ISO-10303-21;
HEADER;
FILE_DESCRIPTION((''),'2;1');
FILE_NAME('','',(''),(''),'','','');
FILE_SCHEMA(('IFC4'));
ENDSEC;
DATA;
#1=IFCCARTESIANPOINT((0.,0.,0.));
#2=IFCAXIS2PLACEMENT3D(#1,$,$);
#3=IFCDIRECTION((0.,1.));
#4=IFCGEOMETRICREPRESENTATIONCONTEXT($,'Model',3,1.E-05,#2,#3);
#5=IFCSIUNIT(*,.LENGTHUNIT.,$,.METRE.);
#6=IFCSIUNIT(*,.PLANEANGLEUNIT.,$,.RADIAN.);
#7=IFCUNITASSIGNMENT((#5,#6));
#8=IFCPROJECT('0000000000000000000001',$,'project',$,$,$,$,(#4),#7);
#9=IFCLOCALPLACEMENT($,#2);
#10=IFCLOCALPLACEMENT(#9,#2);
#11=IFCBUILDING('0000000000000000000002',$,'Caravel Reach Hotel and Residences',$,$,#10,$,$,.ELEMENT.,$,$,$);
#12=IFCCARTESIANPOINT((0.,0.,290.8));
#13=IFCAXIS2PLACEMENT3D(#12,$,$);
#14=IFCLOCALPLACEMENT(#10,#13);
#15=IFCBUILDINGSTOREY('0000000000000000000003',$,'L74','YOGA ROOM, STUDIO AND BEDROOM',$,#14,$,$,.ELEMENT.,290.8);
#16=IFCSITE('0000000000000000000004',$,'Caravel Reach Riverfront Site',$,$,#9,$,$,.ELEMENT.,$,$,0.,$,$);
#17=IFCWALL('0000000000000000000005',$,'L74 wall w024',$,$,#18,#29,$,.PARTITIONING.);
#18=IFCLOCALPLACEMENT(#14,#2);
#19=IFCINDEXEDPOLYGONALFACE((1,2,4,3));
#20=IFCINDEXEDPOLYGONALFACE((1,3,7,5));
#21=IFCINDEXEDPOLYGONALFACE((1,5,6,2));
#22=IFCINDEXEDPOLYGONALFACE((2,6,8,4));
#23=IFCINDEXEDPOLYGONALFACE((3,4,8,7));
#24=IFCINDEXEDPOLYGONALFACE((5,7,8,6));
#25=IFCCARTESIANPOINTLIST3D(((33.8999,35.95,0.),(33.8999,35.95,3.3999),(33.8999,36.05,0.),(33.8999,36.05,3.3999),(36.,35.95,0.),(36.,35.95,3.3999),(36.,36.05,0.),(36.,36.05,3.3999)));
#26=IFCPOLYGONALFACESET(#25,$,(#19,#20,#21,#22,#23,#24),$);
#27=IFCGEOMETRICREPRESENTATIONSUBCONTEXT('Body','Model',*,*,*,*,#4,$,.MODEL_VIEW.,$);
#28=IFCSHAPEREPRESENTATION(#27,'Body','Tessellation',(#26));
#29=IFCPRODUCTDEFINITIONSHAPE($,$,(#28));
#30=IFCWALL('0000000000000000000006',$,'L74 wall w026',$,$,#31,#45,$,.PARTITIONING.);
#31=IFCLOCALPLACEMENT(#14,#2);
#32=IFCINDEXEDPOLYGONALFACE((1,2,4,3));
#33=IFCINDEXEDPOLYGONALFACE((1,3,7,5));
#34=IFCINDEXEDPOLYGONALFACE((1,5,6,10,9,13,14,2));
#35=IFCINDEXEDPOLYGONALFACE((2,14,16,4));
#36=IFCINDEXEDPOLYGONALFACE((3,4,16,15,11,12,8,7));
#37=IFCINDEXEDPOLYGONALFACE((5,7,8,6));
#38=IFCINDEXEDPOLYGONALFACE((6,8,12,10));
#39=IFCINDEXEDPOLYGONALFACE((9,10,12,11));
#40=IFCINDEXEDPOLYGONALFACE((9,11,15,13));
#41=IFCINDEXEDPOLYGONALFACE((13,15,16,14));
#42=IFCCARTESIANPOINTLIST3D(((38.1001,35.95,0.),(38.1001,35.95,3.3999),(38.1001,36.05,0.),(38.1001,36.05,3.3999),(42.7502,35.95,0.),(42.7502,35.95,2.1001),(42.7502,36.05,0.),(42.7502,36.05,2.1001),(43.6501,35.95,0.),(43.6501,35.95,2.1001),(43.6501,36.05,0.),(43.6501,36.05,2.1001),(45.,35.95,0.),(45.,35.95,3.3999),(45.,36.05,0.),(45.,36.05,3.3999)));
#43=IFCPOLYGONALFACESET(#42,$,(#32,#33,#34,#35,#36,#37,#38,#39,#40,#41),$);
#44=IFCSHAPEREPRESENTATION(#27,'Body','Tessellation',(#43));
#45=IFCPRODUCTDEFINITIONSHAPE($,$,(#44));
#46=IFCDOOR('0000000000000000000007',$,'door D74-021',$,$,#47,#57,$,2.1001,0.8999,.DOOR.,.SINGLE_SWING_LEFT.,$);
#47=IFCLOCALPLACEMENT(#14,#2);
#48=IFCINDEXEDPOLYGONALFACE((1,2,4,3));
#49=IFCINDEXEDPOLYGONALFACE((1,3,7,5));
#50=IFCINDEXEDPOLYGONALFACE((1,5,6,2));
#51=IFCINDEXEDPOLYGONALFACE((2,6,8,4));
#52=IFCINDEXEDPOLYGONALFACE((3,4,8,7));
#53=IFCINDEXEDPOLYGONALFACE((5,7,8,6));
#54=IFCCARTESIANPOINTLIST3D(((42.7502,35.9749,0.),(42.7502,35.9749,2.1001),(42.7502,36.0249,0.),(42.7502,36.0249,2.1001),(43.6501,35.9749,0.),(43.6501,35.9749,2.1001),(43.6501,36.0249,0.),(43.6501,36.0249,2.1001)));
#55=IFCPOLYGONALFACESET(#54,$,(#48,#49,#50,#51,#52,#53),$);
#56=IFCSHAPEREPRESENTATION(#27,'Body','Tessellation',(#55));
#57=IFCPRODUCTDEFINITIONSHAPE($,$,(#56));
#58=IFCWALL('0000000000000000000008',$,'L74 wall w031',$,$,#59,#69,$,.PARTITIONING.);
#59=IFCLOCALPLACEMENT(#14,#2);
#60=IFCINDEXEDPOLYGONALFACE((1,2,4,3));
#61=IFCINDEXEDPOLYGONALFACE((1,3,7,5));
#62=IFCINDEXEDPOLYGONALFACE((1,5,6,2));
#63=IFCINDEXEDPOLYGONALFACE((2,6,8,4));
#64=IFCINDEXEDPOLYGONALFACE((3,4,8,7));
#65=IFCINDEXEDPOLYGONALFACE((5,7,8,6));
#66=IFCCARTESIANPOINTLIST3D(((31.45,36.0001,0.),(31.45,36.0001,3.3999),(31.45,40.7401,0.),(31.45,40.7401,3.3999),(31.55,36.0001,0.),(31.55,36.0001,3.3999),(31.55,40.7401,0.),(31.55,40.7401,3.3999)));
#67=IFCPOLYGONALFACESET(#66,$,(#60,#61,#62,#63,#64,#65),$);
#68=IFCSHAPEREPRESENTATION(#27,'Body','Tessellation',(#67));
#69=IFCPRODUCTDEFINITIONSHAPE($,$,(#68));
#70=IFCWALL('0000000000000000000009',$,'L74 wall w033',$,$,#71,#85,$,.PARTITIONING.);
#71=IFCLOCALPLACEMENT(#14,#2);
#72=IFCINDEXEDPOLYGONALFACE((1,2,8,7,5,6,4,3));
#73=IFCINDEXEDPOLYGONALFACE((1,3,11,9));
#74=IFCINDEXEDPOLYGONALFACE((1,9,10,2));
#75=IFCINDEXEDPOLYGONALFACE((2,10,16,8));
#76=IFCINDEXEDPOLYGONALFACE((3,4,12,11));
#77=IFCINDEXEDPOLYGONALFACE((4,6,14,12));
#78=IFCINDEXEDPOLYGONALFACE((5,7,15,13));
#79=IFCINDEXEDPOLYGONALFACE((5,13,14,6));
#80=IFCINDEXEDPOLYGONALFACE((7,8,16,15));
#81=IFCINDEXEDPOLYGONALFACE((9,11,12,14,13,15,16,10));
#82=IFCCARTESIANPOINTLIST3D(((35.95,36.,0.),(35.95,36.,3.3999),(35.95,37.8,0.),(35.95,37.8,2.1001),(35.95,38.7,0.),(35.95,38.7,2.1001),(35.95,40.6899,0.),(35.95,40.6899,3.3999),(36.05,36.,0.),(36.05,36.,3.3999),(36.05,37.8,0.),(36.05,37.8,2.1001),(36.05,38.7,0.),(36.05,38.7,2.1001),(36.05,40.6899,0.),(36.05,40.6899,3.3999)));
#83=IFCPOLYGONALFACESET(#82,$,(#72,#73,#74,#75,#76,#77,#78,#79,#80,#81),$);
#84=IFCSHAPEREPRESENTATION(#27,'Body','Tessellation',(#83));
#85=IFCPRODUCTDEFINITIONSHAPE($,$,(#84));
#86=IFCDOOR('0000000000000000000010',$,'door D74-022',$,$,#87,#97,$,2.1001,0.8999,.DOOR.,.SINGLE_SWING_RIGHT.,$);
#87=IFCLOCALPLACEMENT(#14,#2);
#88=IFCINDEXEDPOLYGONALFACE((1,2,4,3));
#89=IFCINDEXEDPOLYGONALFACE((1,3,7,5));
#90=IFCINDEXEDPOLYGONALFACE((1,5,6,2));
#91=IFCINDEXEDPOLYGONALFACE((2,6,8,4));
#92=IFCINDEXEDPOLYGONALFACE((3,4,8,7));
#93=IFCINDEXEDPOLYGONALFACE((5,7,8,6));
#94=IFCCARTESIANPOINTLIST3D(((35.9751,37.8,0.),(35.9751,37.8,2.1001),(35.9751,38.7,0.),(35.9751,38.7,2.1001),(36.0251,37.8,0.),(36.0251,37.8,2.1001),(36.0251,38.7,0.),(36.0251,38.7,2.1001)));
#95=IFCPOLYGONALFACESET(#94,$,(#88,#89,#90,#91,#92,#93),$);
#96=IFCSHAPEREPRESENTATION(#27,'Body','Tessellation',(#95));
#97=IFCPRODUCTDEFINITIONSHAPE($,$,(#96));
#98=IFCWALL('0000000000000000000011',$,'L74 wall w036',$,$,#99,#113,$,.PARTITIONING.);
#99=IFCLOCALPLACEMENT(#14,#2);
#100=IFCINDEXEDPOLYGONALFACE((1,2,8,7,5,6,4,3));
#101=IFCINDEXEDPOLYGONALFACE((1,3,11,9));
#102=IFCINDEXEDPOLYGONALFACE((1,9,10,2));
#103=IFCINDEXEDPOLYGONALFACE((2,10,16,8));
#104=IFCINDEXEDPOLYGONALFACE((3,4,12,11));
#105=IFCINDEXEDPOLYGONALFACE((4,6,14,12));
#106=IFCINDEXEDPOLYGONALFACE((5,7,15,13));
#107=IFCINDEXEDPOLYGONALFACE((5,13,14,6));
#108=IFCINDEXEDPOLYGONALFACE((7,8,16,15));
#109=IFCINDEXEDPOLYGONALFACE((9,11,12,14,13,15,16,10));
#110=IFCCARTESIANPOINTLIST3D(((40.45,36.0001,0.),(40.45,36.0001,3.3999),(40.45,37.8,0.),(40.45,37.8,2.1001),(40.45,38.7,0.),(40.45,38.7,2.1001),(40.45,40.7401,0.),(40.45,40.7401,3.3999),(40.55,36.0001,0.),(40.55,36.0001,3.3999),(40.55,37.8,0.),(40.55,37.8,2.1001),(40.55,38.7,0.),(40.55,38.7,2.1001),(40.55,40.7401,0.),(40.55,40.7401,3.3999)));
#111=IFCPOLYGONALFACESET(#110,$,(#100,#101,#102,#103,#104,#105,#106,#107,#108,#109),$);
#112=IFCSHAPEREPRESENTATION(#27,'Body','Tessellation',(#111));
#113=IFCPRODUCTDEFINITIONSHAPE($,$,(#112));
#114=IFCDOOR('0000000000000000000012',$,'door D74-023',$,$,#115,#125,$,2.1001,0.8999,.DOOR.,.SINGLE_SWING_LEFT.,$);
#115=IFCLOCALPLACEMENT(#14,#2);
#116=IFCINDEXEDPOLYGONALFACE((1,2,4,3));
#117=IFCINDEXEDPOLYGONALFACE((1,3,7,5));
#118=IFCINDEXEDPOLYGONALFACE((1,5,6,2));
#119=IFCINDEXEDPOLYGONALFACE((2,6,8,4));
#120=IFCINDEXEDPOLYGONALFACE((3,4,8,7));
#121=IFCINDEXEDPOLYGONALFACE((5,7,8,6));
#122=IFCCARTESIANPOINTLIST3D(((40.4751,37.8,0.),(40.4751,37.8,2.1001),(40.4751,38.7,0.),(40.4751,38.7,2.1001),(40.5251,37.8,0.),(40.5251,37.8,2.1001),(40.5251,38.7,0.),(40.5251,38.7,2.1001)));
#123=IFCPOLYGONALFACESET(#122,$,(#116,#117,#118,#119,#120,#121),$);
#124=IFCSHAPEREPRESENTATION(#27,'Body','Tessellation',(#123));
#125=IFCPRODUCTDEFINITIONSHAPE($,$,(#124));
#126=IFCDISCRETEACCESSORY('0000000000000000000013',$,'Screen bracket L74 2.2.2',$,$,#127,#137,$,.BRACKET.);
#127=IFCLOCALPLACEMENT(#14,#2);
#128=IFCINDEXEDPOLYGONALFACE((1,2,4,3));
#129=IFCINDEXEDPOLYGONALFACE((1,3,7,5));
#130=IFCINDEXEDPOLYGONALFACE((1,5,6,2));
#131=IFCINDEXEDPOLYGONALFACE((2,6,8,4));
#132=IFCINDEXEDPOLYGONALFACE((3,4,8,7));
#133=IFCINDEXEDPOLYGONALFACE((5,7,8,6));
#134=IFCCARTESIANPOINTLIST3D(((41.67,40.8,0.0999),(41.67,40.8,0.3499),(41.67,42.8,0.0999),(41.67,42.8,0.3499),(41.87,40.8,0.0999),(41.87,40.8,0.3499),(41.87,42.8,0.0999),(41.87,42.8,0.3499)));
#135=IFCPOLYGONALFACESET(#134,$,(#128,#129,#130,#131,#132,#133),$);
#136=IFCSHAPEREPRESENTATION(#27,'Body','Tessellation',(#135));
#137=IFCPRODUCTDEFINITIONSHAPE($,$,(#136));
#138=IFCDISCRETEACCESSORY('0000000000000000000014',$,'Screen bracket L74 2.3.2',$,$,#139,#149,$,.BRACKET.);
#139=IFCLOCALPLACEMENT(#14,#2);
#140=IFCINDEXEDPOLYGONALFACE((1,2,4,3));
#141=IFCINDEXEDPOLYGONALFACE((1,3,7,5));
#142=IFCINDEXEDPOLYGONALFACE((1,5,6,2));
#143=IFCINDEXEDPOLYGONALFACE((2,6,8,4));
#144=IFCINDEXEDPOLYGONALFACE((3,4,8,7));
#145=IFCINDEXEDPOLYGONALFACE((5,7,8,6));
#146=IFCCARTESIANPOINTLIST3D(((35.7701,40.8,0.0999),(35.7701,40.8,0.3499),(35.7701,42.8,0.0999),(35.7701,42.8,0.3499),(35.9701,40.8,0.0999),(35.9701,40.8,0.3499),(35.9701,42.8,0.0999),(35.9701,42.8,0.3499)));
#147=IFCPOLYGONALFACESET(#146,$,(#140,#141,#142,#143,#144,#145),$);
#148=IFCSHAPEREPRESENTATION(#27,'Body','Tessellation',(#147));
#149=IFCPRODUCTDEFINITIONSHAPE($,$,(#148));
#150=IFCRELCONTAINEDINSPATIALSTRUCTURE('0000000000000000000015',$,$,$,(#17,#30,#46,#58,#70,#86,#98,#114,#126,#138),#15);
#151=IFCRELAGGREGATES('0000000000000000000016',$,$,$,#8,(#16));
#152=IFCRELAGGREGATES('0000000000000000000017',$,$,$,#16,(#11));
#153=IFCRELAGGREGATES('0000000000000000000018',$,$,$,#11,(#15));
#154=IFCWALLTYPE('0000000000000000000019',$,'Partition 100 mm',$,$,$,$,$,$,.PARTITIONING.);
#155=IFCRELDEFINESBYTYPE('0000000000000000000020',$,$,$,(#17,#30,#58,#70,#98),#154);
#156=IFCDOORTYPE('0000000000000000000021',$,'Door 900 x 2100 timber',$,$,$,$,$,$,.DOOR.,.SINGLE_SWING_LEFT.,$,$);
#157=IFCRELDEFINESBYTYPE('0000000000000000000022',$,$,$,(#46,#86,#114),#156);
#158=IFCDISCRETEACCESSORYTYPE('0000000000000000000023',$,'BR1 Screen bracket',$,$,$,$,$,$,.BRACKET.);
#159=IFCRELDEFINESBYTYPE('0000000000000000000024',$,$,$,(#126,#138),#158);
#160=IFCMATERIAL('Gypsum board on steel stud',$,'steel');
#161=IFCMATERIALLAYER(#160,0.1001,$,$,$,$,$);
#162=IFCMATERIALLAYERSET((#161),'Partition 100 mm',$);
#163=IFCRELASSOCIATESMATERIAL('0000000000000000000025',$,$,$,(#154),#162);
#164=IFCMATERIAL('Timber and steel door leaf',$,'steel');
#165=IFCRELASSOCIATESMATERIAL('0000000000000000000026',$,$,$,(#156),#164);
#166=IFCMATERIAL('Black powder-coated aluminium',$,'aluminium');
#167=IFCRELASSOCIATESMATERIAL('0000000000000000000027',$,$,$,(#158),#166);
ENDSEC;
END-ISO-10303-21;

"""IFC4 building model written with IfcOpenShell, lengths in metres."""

from ifc_helpers import new_model, si_unit, direction, frame, frame_2d, origin, origin_2d, place, context, subcontext, project, spatial, rectangle, extrude, material, layer, layer_set, type_object, element, fill, save


model = new_model("IFC4")

# Units and contexts
model_context = context("Model", 3, precision=1e-05, world=origin(), true_north=direction((0.0, 1.0)))
body_context = subcontext(model_context, "Body", "Model", "MODEL_VIEW")
ifc_project = project(units=[si_unit("LENGTHUNIT", "METRE"), si_unit("PLANEANGLEUNIT", "RADIAN")], contexts=[model_context])

# Site, building, storey
site_placement = place(None, origin())
site = spatial("IfcSite", under=ifc_project, at=site_placement, Name="Caravel Reach Riverfront Site", CompositionType="ELEMENT", RefElevation=0.0)
building_placement = place(site_placement, origin())
building = spatial("IfcBuilding", under=site, at=building_placement, Name="Caravel Reach Hotel and Residences", CompositionType="ELEMENT")
storey_placement = place(building_placement, frame((0.0, 0.0, 290.8)))
storey = spatial("IfcBuildingStorey", under=building, at=storey_placement, Name="L74", Description="YOGA ROOM, STUDIO AND BEDROOM", CompositionType="ELEMENT", Elevation=290.8)

# Wall
ifc_material_1 = material(Name="Gypsum board on steel stud", Category="steel")
ifc_layer_1 = layer(ifc_material_1, 0.1001)
ifc_layer_set_1 = layer_set([ifc_layer_1], Name="Partition 100 mm")
wall_type_1 = type_object("IfcWallType", Name="Partition 100 mm", PredefinedType="PARTITIONING", material=ifc_layer_set_1)
wall_1_placement = place(storey_placement, frame((33.8999, 36.0, 0.0), z_axis=(0.0, 0.0, 1.0), x_axis=(1.0, 0.0, 0.0)))
element("IfcWall", 1, at=wall_1_placement, inside=storey, type_object=wall_type_1, Name="L74 wall w024", PredefinedType="PARTITIONING", context=body_context, shape_type="SweptSolid", body=[
    extrude(rectangle(XDim=2.1001, YDim=0.1001, at=frame_2d((1.05, 0.0))), origin(), (0.0, 0.0, 1.0), 3.3999),
])

# Wall, opening, door
wall_2_placement = place(storey_placement, frame((38.1001, 36.0, 0.0), z_axis=(0.0, 0.0, 1.0), x_axis=(1.0, 0.0, 0.0)))
wall_2 = element("IfcWall", 2, at=wall_2_placement, inside=storey, type_object=wall_type_1, Name="L74 wall w026", PredefinedType="PARTITIONING", context=body_context, shape_type="SweptSolid", body=[
    extrude(rectangle(XDim=6.8999, YDim=0.1001, at=frame_2d((3.45, 0.0))), origin(), (0.0, 0.0, 1.0), 3.3999),
])
opening_1_placement = place(wall_2_placement, frame((4.6501, 0.0, 0.0)))
opening_1 = element("IfcOpeningElement", 3, at=opening_1_placement, cuts=wall_2, PredefinedType="OPENING", context=body_context, shape_type="SweptSolid", body=[
    extrude(rectangle(XDim=0.8999, YDim=2.1001, at=frame_2d((0.45, 1.05))), frame((0.0, 0.0601, 0.0), z_axis=(0.0, -1.0, 0.0), x_axis=(1.0, 0.0, 0.0)), (0.0, 0.0, 1.0), 0.1201),
])
ifc_material_2 = material(Name="Timber and steel door leaf", Category="steel")
door_type = type_object("IfcDoorType", Name="Door 900 x 2100 timber", OperationType="SINGLE_SWING_LEFT", PredefinedType="DOOR", material=ifc_material_2)
door_1_placement = place(opening_1_placement, origin())
door_1 = element("IfcDoor", 4, at=door_1_placement, inside=storey, type_object=door_type, Name="door D74-021", OperationType="SINGLE_SWING_LEFT", OverallHeight=2.1001, OverallWidth=0.8999, PredefinedType="DOOR", context=body_context, shape_type="SweptSolid", body=[
    extrude(rectangle(XDim=0.8999, YDim=2.1001, at=frame_2d((0.45, 1.05))), frame((0.0, 0.0249, 0.0), z_axis=(0.0, -1.0, 0.0), x_axis=(1.0, 0.0, 0.0)), (0.0, 0.0, 1.0), 0.05),
])
fill(opening_1, door_1)

# Wall
wall_3_placement = place(storey_placement, frame((31.5, 36.0, 0.0), z_axis=(0.0, 0.0, 1.0), x_axis=(0.0, 1.0, 0.0)))
element("IfcWall", 5, at=wall_3_placement, inside=storey, type_object=wall_type_1, Name="L74 wall w031", PredefinedType="PARTITIONING", context=body_context, shape_type="SweptSolid", body=[
    extrude(rectangle(XDim=4.74, YDim=0.1001, at=frame_2d((2.3701, 0.0))), origin(), (0.0, 0.0, 1.0), 3.3999),
])

# Walls, openings, doors
wall_4_placement = place(storey_placement, frame((36.0, 36.0, 0.0), z_axis=(0.0, 0.0, 1.0), x_axis=(0.0, 1.0, 0.0)))
wall_4 = element("IfcWall", 6, at=wall_4_placement, inside=storey, type_object=wall_type_1, Name="L74 wall w033", PredefinedType="PARTITIONING", context=body_context, shape_type="SweptSolid", body=[
    extrude(rectangle(XDim=4.6899, YDim=0.1001, at=frame_2d((2.345, 0.0))), origin(), (0.0, 0.0, 1.0), 3.3999),
])
opening_2_placement = place(wall_4_placement, frame((1.8, 0.0, 0.0)))
opening_2 = element("IfcOpeningElement", 7, at=opening_2_placement, cuts=wall_4, PredefinedType="OPENING", context=body_context, shape_type="SweptSolid", body=[
    extrude(rectangle(XDim=0.8999, YDim=2.1001, at=frame_2d((0.45, 1.05))), frame((0.0, 0.0601, 0.0), z_axis=(0.0, -1.0, 0.0), x_axis=(1.0, 0.0, 0.0)), (0.0, 0.0, 1.0), 0.1201),
])
door_2_placement = place(opening_2_placement, origin())
door_2 = element("IfcDoor", 8, at=door_2_placement, inside=storey, type_object=door_type, Name="door D74-022", OperationType="SINGLE_SWING_RIGHT", OverallHeight=2.1001, OverallWidth=0.8999, PredefinedType="DOOR", context=body_context, shape_type="SweptSolid", body=[
    extrude(rectangle(XDim=0.8999, YDim=2.1001, at=frame_2d((0.45, 1.05))), frame((0.0, 0.0249, 0.0), z_axis=(0.0, -1.0, 0.0), x_axis=(1.0, 0.0, 0.0)), (0.0, 0.0, 1.0), 0.05),
])
fill(opening_2, door_2)
wall_5_placement = place(storey_placement, frame((40.5, 36.0, 0.0), z_axis=(0.0, 0.0, 1.0), x_axis=(0.0, 1.0, 0.0)))
wall_5 = element("IfcWall", 9, at=wall_5_placement, inside=storey, type_object=wall_type_1, Name="L74 wall w036", PredefinedType="PARTITIONING", context=body_context, shape_type="SweptSolid", body=[
    extrude(rectangle(XDim=4.74, YDim=0.1001, at=frame_2d((2.3701, 0.0))), origin(), (0.0, 0.0, 1.0), 3.3999),
])
opening_3_placement = place(wall_5_placement, frame((1.8, 0.0, 0.0)))
opening_3 = element("IfcOpeningElement", 10, at=opening_3_placement, cuts=wall_5, PredefinedType="OPENING", context=body_context, shape_type="SweptSolid", body=[
    extrude(rectangle(XDim=0.8999, YDim=2.1001, at=frame_2d((0.45, 1.05))), frame((0.0, 0.0601, 0.0), z_axis=(0.0, -1.0, 0.0), x_axis=(1.0, 0.0, 0.0)), (0.0, 0.0, 1.0), 0.1201),
])
door_3_placement = place(opening_3_placement, origin())
door_3 = element("IfcDoor", 11, at=door_3_placement, inside=storey, type_object=door_type, Name="door D74-023", OperationType="SINGLE_SWING_LEFT", OverallHeight=2.1001, OverallWidth=0.8999, PredefinedType="DOOR", context=body_context, shape_type="SweptSolid", body=[
    extrude(rectangle(XDim=0.8999, YDim=2.1001, at=frame_2d((0.45, 1.05))), frame((0.0, 0.0249, 0.0), z_axis=(0.0, -1.0, 0.0), x_axis=(1.0, 0.0, 0.0)), (0.0, 0.0, 1.0), 0.05),
])
fill(opening_3, door_3)

# Discrete accessories
ifc_material_3 = material(Name="Black powder-coated aluminium", Category="aluminium")
discrete_accessory_type = type_object("IfcDiscreteAccessoryType", Name="BR1 Screen bracket", PredefinedType="BRACKET", material=ifc_material_3)
for number, where, z_axis, x_axis, name in (
    (12, (41.77, 41.8, 0.0999), (0.0, 0.0, 1.0), (0.0, 1.0, 0.0), "Screen bracket L74 2.2.2"),
    (13, (35.8701, 41.8, 0.0999), (0.0, 0.0, 1.0), (0.0, 1.0, 0.0), "Screen bracket L74 2.3.2"),
):
    element("IfcDiscreteAccessory", number, at=place(storey_placement, frame(where, z_axis=z_axis, x_axis=x_axis)), inside=storey, type_object=discrete_accessory_type, Name=name, PredefinedType="BRACKET", context=body_context, shape_type="SweptSolid", body=[
        extrude(rectangle(XDim=2.0, YDim=0.2, at=origin_2d()), origin(), (0.0, 0.0, 1.0), 0.25),
    ])

save(model, "model.ifc")
